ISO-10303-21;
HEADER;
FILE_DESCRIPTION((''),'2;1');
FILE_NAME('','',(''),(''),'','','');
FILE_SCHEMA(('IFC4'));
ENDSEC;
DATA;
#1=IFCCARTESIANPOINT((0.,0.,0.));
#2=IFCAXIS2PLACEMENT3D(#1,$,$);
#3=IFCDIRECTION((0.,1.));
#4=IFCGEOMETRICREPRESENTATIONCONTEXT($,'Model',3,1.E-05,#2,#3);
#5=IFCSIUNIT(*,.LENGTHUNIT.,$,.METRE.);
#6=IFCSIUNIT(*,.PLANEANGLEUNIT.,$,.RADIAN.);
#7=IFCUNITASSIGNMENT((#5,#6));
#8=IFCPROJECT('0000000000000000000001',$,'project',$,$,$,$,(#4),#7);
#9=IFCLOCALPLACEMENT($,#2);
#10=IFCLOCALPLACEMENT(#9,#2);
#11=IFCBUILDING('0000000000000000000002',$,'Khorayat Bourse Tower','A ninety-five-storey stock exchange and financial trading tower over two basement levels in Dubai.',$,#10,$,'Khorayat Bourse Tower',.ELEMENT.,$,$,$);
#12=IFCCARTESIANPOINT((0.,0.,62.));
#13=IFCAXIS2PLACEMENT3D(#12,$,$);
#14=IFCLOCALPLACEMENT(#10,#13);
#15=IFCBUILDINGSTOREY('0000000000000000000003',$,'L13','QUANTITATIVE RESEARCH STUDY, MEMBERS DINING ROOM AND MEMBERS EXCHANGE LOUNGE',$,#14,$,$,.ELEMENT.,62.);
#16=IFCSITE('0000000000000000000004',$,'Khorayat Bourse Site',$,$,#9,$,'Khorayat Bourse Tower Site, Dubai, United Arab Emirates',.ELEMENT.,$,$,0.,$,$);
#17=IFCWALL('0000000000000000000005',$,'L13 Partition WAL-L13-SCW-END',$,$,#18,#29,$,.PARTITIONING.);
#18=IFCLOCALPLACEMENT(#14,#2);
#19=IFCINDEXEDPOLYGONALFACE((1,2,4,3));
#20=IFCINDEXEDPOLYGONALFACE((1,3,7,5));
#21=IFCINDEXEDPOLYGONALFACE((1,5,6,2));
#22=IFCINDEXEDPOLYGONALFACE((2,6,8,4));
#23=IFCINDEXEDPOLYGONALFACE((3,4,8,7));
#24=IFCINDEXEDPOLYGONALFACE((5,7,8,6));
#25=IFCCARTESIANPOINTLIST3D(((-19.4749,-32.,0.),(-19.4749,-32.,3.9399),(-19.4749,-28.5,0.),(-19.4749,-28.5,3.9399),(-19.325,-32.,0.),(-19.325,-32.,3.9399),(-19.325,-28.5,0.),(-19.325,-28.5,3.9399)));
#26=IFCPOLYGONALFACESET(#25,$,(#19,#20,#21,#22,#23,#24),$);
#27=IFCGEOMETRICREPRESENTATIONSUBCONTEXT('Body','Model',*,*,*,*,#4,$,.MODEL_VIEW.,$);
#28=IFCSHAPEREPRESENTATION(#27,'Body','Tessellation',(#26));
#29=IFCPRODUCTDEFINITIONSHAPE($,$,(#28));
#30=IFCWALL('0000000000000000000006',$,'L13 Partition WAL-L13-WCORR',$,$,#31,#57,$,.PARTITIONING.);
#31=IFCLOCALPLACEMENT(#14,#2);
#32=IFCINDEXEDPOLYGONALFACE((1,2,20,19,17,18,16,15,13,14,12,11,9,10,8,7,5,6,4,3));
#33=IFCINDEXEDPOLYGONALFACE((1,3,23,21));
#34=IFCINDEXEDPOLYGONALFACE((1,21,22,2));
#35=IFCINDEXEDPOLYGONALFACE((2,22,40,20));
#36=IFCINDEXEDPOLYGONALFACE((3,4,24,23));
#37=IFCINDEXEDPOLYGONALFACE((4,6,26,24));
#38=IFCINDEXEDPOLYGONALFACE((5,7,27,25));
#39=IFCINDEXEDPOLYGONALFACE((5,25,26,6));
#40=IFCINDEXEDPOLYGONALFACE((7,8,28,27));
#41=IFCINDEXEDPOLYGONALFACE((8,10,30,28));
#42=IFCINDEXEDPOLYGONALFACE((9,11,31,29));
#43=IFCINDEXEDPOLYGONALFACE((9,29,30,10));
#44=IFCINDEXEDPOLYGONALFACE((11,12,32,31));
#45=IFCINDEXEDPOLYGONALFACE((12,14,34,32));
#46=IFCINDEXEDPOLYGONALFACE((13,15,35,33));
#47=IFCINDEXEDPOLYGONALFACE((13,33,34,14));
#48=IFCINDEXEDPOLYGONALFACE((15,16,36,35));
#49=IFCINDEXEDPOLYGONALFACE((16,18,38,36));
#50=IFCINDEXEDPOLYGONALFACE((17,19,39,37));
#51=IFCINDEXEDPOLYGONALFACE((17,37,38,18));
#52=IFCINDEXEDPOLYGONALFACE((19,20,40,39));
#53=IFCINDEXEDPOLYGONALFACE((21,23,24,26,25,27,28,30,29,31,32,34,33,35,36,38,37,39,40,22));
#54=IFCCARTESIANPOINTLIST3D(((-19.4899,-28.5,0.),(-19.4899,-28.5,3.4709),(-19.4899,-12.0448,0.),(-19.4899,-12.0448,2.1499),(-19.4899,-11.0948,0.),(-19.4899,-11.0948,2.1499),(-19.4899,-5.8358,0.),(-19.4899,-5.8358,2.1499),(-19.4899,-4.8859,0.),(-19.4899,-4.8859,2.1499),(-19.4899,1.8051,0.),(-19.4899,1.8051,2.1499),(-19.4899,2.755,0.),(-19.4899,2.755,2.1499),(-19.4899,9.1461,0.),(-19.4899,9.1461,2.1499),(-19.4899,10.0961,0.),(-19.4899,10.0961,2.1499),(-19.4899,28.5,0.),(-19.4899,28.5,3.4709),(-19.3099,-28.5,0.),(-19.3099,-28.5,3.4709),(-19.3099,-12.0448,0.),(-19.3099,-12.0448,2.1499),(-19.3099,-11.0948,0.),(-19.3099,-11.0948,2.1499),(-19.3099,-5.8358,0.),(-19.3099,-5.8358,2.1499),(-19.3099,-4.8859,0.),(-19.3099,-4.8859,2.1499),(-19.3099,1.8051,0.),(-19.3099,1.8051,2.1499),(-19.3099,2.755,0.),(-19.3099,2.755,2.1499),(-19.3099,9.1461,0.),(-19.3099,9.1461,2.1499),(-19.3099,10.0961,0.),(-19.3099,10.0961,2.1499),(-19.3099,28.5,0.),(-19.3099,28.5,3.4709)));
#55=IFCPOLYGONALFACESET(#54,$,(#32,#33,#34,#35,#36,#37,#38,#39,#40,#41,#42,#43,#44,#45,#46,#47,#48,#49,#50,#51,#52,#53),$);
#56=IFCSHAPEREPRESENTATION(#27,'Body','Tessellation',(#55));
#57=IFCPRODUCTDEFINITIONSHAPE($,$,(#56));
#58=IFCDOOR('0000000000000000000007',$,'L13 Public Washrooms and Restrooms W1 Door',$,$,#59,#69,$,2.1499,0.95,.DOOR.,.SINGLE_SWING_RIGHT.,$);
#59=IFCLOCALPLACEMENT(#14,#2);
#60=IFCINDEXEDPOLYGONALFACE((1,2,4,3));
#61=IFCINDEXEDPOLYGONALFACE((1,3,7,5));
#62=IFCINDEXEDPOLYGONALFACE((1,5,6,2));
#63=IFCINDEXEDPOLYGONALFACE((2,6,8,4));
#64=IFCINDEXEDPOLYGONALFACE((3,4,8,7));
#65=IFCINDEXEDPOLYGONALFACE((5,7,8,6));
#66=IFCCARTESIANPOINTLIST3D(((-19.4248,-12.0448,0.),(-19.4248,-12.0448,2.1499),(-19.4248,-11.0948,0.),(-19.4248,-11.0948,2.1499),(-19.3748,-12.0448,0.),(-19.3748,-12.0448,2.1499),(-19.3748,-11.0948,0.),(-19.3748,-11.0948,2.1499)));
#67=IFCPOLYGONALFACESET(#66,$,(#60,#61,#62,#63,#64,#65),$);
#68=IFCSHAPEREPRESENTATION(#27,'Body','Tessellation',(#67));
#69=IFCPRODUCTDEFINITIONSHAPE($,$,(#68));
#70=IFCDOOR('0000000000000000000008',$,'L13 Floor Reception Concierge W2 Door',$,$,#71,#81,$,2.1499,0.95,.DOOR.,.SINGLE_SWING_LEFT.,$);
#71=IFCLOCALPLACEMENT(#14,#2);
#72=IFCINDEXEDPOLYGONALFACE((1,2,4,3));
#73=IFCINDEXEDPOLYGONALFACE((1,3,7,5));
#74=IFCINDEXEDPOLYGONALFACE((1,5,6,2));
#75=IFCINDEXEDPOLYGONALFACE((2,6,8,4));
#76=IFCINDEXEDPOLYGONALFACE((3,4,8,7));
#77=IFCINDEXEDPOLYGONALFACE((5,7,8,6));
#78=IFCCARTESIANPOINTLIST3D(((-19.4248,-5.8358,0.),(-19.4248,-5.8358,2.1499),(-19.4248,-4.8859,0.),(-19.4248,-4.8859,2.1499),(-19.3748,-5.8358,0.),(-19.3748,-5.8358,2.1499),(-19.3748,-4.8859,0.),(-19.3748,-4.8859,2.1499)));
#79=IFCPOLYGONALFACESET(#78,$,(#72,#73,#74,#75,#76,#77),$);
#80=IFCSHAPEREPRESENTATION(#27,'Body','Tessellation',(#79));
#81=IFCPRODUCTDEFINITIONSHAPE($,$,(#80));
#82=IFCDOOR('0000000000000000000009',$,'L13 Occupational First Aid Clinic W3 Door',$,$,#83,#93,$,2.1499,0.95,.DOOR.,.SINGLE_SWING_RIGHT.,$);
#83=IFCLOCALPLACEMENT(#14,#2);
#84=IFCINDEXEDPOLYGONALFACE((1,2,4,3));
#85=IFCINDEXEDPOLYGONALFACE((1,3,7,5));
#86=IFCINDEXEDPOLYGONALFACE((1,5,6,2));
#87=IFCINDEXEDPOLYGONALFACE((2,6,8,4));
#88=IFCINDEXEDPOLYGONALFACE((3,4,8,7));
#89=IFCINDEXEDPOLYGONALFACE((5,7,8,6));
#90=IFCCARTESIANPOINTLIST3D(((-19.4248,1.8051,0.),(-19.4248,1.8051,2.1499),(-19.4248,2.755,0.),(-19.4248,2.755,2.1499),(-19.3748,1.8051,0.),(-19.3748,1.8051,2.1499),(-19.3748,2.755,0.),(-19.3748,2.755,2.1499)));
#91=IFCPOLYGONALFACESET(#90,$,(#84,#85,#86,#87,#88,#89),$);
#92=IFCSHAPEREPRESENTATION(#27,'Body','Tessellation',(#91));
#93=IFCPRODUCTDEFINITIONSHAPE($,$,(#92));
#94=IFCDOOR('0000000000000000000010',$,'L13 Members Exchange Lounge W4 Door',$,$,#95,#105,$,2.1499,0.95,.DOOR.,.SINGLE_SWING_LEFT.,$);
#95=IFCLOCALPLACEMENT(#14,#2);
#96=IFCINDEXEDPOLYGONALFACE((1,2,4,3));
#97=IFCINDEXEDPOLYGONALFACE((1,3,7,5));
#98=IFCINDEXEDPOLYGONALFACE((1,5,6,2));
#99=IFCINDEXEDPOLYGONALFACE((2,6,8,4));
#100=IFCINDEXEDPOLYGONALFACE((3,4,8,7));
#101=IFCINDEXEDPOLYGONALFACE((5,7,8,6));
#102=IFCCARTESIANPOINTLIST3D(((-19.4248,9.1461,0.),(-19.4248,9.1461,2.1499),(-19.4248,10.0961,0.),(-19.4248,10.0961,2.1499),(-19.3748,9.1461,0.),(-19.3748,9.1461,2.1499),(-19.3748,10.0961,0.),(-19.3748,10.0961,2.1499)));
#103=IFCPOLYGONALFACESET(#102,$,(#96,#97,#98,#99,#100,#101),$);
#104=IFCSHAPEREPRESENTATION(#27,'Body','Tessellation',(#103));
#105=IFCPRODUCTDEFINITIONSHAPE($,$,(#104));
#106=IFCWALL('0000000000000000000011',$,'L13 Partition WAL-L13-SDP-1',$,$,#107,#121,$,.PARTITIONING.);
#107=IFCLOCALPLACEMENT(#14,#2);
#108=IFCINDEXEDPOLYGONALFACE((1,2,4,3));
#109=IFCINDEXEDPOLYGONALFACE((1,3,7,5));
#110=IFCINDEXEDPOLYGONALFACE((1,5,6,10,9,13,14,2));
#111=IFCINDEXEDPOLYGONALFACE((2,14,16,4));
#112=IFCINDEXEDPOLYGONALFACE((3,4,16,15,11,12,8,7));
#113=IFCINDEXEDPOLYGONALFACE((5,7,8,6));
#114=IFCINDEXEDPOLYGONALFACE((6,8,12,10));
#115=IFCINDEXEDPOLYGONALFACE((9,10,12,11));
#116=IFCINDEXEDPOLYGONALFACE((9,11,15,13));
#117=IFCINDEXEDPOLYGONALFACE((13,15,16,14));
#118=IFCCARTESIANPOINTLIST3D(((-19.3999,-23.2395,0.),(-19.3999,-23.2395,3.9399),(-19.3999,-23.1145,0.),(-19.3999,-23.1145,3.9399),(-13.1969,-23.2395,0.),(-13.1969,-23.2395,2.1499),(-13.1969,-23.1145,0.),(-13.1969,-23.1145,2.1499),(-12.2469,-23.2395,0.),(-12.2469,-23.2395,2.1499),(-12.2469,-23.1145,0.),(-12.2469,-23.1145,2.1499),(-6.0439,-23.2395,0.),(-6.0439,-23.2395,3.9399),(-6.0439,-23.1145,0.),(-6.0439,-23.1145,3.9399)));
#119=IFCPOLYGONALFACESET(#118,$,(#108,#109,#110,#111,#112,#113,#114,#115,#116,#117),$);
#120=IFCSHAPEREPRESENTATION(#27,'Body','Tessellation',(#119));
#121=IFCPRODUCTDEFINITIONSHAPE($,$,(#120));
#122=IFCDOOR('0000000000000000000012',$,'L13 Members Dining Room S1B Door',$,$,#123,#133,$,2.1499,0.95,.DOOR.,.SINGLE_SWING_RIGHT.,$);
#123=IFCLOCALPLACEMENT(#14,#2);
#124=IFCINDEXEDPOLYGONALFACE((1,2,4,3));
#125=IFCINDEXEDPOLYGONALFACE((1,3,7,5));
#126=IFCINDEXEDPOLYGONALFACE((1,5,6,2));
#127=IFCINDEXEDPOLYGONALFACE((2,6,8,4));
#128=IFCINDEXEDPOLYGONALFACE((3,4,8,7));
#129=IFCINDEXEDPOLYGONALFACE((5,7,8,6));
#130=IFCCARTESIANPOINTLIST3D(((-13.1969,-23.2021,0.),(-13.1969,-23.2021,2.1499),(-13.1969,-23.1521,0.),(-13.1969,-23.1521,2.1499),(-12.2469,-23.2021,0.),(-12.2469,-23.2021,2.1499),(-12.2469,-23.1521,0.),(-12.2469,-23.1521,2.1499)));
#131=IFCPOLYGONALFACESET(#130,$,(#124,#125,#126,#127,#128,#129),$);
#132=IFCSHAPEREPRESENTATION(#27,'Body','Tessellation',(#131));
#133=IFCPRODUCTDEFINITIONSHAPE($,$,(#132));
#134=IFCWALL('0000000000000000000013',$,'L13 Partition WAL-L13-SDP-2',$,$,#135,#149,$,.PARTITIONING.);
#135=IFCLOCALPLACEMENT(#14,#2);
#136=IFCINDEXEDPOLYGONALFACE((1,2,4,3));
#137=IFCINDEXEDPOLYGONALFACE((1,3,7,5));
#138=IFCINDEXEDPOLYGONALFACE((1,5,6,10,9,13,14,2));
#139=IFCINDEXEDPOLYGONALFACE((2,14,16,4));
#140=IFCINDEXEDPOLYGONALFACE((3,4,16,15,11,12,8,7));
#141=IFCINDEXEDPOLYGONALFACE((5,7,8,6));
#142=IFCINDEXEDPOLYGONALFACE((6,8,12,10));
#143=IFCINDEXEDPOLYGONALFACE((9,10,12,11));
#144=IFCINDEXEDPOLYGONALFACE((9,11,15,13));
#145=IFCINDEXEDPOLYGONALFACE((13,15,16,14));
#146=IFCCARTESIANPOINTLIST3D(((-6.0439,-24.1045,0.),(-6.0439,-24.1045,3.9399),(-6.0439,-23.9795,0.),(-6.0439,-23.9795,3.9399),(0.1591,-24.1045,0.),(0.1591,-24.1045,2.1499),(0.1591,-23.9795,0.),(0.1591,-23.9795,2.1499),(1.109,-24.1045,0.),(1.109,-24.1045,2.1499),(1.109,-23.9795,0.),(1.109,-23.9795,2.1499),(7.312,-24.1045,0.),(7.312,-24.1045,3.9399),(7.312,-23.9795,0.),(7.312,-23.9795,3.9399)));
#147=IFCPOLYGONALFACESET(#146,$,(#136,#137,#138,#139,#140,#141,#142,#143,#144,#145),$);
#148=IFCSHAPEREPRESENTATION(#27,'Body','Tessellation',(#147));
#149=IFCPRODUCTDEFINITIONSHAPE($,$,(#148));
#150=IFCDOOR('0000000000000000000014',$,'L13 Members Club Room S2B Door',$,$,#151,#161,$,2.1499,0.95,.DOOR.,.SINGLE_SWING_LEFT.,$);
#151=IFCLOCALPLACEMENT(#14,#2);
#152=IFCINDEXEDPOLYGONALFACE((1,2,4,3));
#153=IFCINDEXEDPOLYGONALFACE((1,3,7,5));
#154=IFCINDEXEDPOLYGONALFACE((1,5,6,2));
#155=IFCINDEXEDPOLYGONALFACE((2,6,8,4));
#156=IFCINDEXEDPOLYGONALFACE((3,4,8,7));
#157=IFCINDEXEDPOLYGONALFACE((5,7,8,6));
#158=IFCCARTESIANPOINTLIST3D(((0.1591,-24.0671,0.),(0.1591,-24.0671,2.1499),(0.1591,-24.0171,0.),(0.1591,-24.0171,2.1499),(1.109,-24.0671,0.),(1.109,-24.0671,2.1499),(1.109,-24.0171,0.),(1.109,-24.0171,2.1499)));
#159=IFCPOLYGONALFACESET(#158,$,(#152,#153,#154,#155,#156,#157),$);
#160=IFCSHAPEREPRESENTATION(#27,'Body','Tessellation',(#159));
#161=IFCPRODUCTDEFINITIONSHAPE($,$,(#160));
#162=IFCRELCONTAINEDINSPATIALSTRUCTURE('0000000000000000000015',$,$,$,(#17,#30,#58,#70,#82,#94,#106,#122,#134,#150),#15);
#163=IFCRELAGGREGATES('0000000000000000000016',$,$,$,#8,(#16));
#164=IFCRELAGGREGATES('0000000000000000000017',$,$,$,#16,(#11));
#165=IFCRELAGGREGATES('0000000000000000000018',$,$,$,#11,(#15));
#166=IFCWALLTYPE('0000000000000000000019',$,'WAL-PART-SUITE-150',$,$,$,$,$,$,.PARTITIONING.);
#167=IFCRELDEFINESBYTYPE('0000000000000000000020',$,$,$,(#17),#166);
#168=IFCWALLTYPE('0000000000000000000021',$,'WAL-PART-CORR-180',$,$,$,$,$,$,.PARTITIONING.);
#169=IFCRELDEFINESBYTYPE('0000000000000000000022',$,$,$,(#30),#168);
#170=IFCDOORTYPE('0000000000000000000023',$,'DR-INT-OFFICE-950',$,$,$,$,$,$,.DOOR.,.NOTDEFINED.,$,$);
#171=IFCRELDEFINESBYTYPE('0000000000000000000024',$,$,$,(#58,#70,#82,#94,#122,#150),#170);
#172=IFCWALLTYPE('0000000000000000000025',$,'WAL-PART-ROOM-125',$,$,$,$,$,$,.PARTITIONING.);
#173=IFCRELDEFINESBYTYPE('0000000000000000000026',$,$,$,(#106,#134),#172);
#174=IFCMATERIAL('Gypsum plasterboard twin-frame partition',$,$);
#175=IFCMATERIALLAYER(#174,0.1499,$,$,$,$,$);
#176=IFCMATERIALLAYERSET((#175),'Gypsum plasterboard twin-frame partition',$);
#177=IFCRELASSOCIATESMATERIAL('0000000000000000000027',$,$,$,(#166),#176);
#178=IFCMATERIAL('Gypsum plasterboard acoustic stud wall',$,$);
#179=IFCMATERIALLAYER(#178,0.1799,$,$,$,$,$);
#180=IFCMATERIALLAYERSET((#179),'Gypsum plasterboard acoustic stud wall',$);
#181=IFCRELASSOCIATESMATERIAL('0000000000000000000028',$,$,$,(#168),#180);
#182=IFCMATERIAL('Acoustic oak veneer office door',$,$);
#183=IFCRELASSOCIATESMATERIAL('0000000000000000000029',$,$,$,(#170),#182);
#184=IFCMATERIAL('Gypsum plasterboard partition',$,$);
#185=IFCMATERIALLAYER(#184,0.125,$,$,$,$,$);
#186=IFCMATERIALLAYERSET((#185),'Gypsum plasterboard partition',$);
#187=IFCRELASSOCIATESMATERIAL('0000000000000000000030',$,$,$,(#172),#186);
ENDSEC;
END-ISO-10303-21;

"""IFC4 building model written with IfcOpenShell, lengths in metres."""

from ifc_helpers import new_model, si_unit, direction, frame, frame_2d, origin, place, context, subcontext, project, spatial, rectangle, extrude, source, transform, mapped, material, layer, layer_set, type_object, element, fill, save


model = new_model("IFC4")

# Units and contexts
model_context = context("Model", 3, precision=1e-05, world=origin(), true_north=direction((0.0, 1.0)))
body_context = subcontext(model_context, "Body", "Model", "MODEL_VIEW")
ifc_project = project(units=[si_unit("LENGTHUNIT", "METRE"), si_unit("PLANEANGLEUNIT", "RADIAN")], contexts=[model_context])

# Site, building, storey
site_placement = place(None, origin())
site = spatial("IfcSite", under=ifc_project, at=site_placement, Name="Khorayat Bourse Site", LongName="Khorayat Bourse Tower Site, Dubai, United Arab Emirates", CompositionType="ELEMENT", RefElevation=0.0)
building_placement = place(site_placement, origin())
building = spatial("IfcBuilding", under=site, at=building_placement, Name="Khorayat Bourse Tower", Description="A ninety-five-storey stock exchange and financial trading tower over two basement levels in Dubai.", LongName="Khorayat Bourse Tower", CompositionType="ELEMENT")
storey_placement = place(building_placement, frame((0.0, 0.0, 62.0)))
storey = spatial("IfcBuildingStorey", under=building, at=storey_placement, Name="L13", Description="QUANTITATIVE RESEARCH STUDY, MEMBERS DINING ROOM AND MEMBERS EXCHANGE LOUNGE", CompositionType="ELEMENT", Elevation=62.0)

# Wall
ifc_material_1 = material(Name="Gypsum plasterboard twin-frame partition")
ifc_layer_1 = layer(ifc_material_1, 0.1499)
ifc_layer_set_1 = layer_set([ifc_layer_1], Name="Gypsum plasterboard twin-frame partition")
wall_type_1 = type_object("IfcWallType", Name="WAL-PART-SUITE-150", PredefinedType="PARTITIONING", material=ifc_layer_set_1)
shared_shape_1 = source(origin(), body_context, "Body", "SweptSolid", [
    extrude(rectangle(XDim=3.5, YDim=0.1499, at=frame_2d((1.75, 0.0))), origin(), (0.0, 0.0, 1.0), 3.9399),
])
wall_1_placement = place(storey_placement, frame((-19.3999, -32.0, 0.0), z_axis=(0.0, 0.0, 1.0), x_axis=(0.0, 1.0, 0.0)))
element("IfcWall", 1, at=wall_1_placement, inside=storey, type_object=wall_type_1, Name="L13 Partition WAL-L13-SCW-END", PredefinedType="PARTITIONING", context=body_context, shape_type="MappedRepresentation", body=[
    mapped(shared_shape_1, transform((0.0, 0.0, 0.0), scale=1.0)),
])

# Wall, openings, doors
ifc_material_2 = material(Name="Gypsum plasterboard acoustic stud wall")
ifc_layer_2 = layer(ifc_material_2, 0.1799)
ifc_layer_set_2 = layer_set([ifc_layer_2], Name="Gypsum plasterboard acoustic stud wall")
wall_type_2 = type_object("IfcWallType", Name="WAL-PART-CORR-180", PredefinedType="PARTITIONING", material=ifc_layer_set_2)
shared_shape_2 = source(origin(), body_context, "Body", "SweptSolid", [
    extrude(rectangle(XDim=57.0, YDim=0.1799, at=frame_2d((28.5, 0.0))), origin(), (0.0, 0.0, 1.0), 3.4709),
])
wall_2_placement = place(storey_placement, frame((-19.3999, -28.5, 0.0), z_axis=(0.0, 0.0, 1.0), x_axis=(0.0, 1.0, 0.0)))
wall_2 = element("IfcWall", 2, at=wall_2_placement, inside=storey, type_object=wall_type_2, Name="L13 Partition WAL-L13-WCORR", PredefinedType="PARTITIONING", context=body_context, shape_type="MappedRepresentation", body=[
    mapped(shared_shape_2, transform((0.0, 0.0, 0.0), scale=1.0)),
])
shared_shape_3 = source(origin(), body_context, "Body", "SweptSolid", [
    extrude(rectangle(XDim=0.95, YDim=2.1499, at=frame_2d((0.4751, 1.075))), frame((0.0, 0.0999, 0.0), z_axis=(0.0, -1.0, 0.0), x_axis=(1.0, 0.0, 0.0)), (0.0, 0.0, 1.0), 0.2),
])
opening_1_placement = place(wall_2_placement, frame((16.4551, 0.0, 0.0)))
opening_1 = element("IfcOpeningElement", 3, at=opening_1_placement, cuts=wall_2, PredefinedType="OPENING", context=body_context, shape_type="MappedRepresentation", body=[
    mapped(shared_shape_3, transform((0.0, 0.0, 0.0), scale=1.0)),
])
opening_2_placement = place(wall_2_placement, frame((22.6641, 0.0, 0.0)))
opening_2 = element("IfcOpeningElement", 4, at=opening_2_placement, cuts=wall_2, PredefinedType="OPENING", context=body_context, shape_type="MappedRepresentation", body=[
    mapped(shared_shape_3, transform((0.0, 0.0, 0.0), scale=1.0)),
])
opening_3_placement = place(wall_2_placement, frame((30.3049, 0.0, 0.0)))
opening_3 = element("IfcOpeningElement", 5, at=opening_3_placement, cuts=wall_2, PredefinedType="OPENING", context=body_context, shape_type="MappedRepresentation", body=[
    mapped(shared_shape_3, transform((0.0, 0.0, 0.0), scale=1.0)),
])
opening_4_placement = place(wall_2_placement, frame((37.646, 0.0, 0.0)))
opening_4 = element("IfcOpeningElement", 6, at=opening_4_placement, cuts=wall_2, PredefinedType="OPENING", context=body_context, shape_type="MappedRepresentation", body=[
    mapped(shared_shape_3, transform((0.0, 0.0, 0.0), scale=1.0)),
])
ifc_material_3 = material(Name="Acoustic oak veneer office door")
door_type = type_object("IfcDoorType", Name="DR-INT-OFFICE-950", OperationType="NOTDEFINED", PredefinedType="DOOR", material=ifc_material_3)
shared_shape_4 = source(origin(), body_context, "Body", "SweptSolid", [
    extrude(rectangle(XDim=0.95, YDim=2.1499, at=frame_2d((0.4751, 1.075))), frame((0.0, 0.0249, 0.0), z_axis=(0.0, -1.0, 0.0), x_axis=(1.0, 0.0, 0.0)), (0.0, 0.0, 1.0), 0.05),
])
door_1_placement = place(opening_1_placement, origin())
door_1 = element("IfcDoor", 7, at=door_1_placement, inside=storey, type_object=door_type, Name="L13 Public Washrooms and Restrooms W1 Door", OperationType="SINGLE_SWING_RIGHT", OverallHeight=2.1499, OverallWidth=0.95, PredefinedType="DOOR", context=body_context, shape_type="MappedRepresentation", body=[
    mapped(shared_shape_4, transform((0.0, 0.0, 0.0), scale=1.0)),
])
fill(opening_1, door_1)
door_2_placement = place(opening_2_placement, origin())
door_2 = element("IfcDoor", 8, at=door_2_placement, inside=storey, type_object=door_type, Name="L13 Floor Reception Concierge W2 Door", OperationType="SINGLE_SWING_LEFT", OverallHeight=2.1499, OverallWidth=0.95, PredefinedType="DOOR", context=body_context, shape_type="MappedRepresentation", body=[
    mapped(shared_shape_4, transform((0.0, 0.0, 0.0), scale=1.0)),
])
fill(opening_2, door_2)
door_3_placement = place(opening_3_placement, origin())
door_3 = element("IfcDoor", 9, at=door_3_placement, inside=storey, type_object=door_type, Name="L13 Occupational First Aid Clinic W3 Door", OperationType="SINGLE_SWING_RIGHT", OverallHeight=2.1499, OverallWidth=0.95, PredefinedType="DOOR", context=body_context, shape_type="MappedRepresentation", body=[
    mapped(shared_shape_4, transform((0.0, 0.0, 0.0), scale=1.0)),
])
fill(opening_3, door_3)
door_4_placement = place(opening_4_placement, origin())
door_4 = element("IfcDoor", 10, at=door_4_placement, inside=storey, type_object=door_type, Name="L13 Members Exchange Lounge W4 Door", OperationType="SINGLE_SWING_LEFT", OverallHeight=2.1499, OverallWidth=0.95, PredefinedType="DOOR", context=body_context, shape_type="MappedRepresentation", body=[
    mapped(shared_shape_4, transform((0.0, 0.0, 0.0), scale=1.0)),
])
fill(opening_4, door_4)

# Walls, openings, doors
ifc_material_4 = material(Name="Gypsum plasterboard partition")
ifc_layer_3 = layer(ifc_material_4, 0.125)
ifc_layer_set_3 = layer_set([ifc_layer_3], Name="Gypsum plasterboard partition")
wall_type_3 = type_object("IfcWallType", Name="WAL-PART-ROOM-125", PredefinedType="PARTITIONING", material=ifc_layer_set_3)
shared_shape_5 = source(origin(), body_context, "Body", "SweptSolid", [
    extrude(rectangle(XDim=13.356, YDim=0.125, at=frame_2d((6.678, 0.0))), origin(), (0.0, 0.0, 1.0), 3.9399),
])
wall_3_placement = place(storey_placement, frame((-19.3999, -23.177, 0.0), z_axis=(0.0, 0.0, 1.0), x_axis=(1.0, 0.0, 0.0)))
wall_3 = element("IfcWall", 11, at=wall_3_placement, inside=storey, type_object=wall_type_3, Name="L13 Partition WAL-L13-SDP-1", PredefinedType="PARTITIONING", context=body_context, shape_type="MappedRepresentation", body=[
    mapped(shared_shape_5, transform((0.0, 0.0, 0.0), scale=1.0)),
])
shared_shape_6 = source(origin(), body_context, "Body", "SweptSolid", [
    extrude(rectangle(XDim=0.95, YDim=2.1499, at=frame_2d((0.4751, 1.075))), frame((0.0, 0.0725, 0.0), z_axis=(0.0, -1.0, 0.0), x_axis=(1.0, 0.0, 0.0)), (0.0, 0.0, 1.0), 0.145),
])
opening_5_placement = place(wall_3_placement, frame((6.2029, 0.0, 0.0)))
opening_5 = element("IfcOpeningElement", 12, at=opening_5_placement, cuts=wall_3, PredefinedType="OPENING", context=body_context, shape_type="MappedRepresentation", body=[
    mapped(shared_shape_6, transform((0.0, 0.0, 0.0), scale=1.0)),
])
door_5_placement = place(opening_5_placement, origin())
door_5 = element("IfcDoor", 13, at=door_5_placement, inside=storey, type_object=door_type, Name="L13 Members Dining Room S1B Door", OperationType="SINGLE_SWING_RIGHT", OverallHeight=2.1499, OverallWidth=0.95, PredefinedType="DOOR", context=body_context, shape_type="MappedRepresentation", body=[
    mapped(shared_shape_4, transform((0.0, 0.0, 0.0), scale=1.0)),
])
fill(opening_5, door_5)
wall_4_placement = place(storey_placement, frame((-6.0439, -24.042, 0.0), z_axis=(0.0, 0.0, 1.0), x_axis=(1.0, 0.0, 0.0)))
wall_4 = element("IfcWall", 14, at=wall_4_placement, inside=storey, type_object=wall_type_3, Name="L13 Partition WAL-L13-SDP-2", PredefinedType="PARTITIONING", context=body_context, shape_type="MappedRepresentation", body=[
    mapped(shared_shape_5, transform((0.0, 0.0, 0.0), scale=1.0)),
])
opening_6_placement = place(wall_4_placement, frame((6.2029, 0.0, 0.0)))
opening_6 = element("IfcOpeningElement", 15, at=opening_6_placement, cuts=wall_4, PredefinedType="OPENING", context=body_context, shape_type="MappedRepresentation", body=[
    mapped(shared_shape_6, transform((0.0, 0.0, 0.0), scale=1.0)),
])
door_6_placement = place(opening_6_placement, origin())
door_6 = element("IfcDoor", 16, at=door_6_placement, inside=storey, type_object=door_type, Name="L13 Members Club Room S2B Door", OperationType="SINGLE_SWING_LEFT", OverallHeight=2.1499, OverallWidth=0.95, PredefinedType="DOOR", context=body_context, shape_type="MappedRepresentation", body=[
    mapped(shared_shape_4, transform((0.0, 0.0, 0.0), scale=1.0)),
])
fill(opening_6, door_6)

save(model, "model.ifc")
